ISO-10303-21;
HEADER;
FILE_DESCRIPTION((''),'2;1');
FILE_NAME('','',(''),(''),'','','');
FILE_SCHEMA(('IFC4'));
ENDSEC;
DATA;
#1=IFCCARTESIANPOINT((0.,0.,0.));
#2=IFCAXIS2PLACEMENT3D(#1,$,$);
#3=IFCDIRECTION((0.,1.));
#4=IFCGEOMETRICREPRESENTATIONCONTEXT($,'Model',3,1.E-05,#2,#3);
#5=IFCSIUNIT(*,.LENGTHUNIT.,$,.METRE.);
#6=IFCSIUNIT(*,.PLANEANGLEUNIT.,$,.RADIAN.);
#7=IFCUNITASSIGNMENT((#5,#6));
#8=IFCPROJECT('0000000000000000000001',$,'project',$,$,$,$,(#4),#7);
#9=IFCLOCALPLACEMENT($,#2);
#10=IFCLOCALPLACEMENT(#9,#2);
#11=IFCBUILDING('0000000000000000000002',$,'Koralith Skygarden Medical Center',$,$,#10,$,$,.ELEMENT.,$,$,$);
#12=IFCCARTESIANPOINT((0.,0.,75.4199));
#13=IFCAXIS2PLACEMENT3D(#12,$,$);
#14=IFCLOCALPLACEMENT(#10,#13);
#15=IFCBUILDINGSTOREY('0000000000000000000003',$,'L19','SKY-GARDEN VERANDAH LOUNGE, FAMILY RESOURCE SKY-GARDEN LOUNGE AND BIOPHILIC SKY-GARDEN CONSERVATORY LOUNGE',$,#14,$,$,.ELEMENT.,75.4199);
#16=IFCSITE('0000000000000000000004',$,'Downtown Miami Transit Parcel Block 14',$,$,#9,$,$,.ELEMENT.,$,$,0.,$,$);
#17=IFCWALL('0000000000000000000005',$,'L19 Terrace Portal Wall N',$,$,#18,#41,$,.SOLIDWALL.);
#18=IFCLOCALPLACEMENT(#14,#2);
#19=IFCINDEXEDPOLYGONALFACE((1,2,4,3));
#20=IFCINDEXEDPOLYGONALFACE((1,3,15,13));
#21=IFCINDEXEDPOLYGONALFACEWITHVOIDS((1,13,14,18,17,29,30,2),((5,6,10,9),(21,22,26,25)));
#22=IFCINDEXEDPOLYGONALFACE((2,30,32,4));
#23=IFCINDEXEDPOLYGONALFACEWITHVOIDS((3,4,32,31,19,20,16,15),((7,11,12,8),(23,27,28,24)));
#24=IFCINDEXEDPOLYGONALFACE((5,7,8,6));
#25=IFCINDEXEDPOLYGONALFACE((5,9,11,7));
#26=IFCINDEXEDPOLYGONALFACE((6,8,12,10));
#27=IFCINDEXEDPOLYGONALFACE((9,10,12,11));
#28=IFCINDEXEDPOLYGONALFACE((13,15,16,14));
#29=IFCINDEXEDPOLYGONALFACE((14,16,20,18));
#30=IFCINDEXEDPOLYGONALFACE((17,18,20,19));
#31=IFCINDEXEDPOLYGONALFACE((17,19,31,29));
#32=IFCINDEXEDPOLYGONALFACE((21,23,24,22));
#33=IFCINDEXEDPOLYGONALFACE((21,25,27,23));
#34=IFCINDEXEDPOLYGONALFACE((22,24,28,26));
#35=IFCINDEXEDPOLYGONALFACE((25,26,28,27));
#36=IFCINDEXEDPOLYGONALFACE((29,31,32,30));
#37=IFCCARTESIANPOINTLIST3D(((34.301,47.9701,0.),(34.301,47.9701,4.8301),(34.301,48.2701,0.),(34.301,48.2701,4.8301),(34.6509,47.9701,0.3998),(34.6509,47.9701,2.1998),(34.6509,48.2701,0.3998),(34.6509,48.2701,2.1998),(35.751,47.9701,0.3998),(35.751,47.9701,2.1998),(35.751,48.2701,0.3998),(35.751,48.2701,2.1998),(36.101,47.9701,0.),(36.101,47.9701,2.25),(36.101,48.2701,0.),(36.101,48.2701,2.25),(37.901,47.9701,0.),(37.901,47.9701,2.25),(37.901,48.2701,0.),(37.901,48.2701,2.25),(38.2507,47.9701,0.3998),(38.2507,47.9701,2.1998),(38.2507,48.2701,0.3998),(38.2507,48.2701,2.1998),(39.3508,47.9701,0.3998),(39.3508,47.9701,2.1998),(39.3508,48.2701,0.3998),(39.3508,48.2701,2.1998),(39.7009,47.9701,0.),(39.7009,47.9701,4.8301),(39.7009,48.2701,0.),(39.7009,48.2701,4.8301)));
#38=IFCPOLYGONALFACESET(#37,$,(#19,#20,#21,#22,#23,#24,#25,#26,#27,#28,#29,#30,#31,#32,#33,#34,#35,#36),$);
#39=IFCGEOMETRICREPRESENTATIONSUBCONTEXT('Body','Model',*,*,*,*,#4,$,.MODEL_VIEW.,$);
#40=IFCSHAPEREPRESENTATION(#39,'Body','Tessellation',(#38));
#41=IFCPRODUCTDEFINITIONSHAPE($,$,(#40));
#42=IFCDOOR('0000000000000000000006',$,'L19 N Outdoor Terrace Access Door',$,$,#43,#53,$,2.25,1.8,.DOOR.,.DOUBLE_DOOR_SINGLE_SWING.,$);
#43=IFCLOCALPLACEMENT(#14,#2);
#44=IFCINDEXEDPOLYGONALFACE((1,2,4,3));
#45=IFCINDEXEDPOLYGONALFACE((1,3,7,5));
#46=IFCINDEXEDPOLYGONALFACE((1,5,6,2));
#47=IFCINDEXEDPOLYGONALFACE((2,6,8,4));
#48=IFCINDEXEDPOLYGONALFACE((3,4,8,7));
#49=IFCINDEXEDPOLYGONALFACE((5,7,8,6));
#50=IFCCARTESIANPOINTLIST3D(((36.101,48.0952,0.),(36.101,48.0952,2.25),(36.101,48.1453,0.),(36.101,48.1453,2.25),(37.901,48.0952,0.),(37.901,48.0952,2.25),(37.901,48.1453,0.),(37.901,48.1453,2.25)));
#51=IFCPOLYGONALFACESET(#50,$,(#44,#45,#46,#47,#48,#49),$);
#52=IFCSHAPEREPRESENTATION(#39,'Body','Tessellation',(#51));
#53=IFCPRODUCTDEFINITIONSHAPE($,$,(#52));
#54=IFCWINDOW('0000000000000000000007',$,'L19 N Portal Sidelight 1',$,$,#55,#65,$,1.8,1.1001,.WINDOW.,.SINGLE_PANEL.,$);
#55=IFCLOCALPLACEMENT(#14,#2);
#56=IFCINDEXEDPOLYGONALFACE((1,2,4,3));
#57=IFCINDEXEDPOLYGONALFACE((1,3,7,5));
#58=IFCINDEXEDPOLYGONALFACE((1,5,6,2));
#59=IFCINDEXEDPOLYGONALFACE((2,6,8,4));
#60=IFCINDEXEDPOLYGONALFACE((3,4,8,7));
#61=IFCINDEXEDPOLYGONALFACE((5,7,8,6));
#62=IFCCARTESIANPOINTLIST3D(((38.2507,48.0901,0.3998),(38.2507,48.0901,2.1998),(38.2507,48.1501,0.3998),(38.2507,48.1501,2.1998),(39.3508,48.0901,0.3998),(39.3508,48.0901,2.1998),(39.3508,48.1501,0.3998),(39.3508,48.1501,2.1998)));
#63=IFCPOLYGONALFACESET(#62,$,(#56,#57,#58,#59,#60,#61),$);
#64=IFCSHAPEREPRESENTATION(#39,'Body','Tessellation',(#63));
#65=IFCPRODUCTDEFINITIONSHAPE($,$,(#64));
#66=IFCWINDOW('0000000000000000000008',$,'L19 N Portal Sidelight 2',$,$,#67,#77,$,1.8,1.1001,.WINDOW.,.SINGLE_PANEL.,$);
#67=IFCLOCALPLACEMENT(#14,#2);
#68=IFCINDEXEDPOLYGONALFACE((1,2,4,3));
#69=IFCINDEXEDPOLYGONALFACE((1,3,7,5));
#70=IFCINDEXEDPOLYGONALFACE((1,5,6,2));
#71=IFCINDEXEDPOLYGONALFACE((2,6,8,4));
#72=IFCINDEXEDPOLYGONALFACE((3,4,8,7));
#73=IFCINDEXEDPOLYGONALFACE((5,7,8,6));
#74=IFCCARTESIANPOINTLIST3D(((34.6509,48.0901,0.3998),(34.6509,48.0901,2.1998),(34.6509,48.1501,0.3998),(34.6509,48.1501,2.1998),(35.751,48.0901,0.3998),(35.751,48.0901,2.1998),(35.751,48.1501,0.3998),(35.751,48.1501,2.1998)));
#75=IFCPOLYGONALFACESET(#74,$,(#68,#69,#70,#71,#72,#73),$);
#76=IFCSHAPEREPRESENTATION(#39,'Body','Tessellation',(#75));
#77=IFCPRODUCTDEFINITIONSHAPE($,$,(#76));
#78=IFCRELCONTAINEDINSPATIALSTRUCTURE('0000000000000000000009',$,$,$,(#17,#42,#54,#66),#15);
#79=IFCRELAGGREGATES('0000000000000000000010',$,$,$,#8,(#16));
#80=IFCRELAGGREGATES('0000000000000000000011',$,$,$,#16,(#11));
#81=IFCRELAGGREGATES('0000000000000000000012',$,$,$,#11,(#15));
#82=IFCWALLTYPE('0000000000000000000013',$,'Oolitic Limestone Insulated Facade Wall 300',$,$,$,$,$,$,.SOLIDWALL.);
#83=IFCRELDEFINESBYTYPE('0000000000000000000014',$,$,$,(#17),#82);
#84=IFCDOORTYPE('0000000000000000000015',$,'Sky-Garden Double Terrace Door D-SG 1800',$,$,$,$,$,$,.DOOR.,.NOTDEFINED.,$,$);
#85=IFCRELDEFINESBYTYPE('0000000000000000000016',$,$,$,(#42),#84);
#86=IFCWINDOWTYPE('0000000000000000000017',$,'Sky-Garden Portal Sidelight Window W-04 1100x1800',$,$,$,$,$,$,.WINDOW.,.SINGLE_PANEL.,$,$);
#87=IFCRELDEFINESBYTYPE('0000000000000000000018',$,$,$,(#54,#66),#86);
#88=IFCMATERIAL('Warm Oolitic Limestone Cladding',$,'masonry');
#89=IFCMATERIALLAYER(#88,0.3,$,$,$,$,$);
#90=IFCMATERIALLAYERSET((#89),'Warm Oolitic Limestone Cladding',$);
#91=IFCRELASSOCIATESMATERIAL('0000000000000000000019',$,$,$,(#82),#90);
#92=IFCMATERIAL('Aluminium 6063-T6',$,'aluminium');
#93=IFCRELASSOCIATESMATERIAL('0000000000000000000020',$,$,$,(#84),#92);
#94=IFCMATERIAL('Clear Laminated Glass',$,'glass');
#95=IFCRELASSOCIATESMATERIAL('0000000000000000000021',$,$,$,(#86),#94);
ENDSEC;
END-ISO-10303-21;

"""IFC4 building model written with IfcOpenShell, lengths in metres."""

from ifc_helpers import new_model, si_unit, direction, frame, frame_2d, origin, place, context, subcontext, project, spatial, rectangle, extrude, material, layer, layer_set, type_object, element, fill, save


model = new_model("IFC4")

# Units and contexts
model_context = context("Model", 3, precision=1e-05, world=origin(), true_north=direction((0.0, 1.0)))
body_context = subcontext(model_context, "Body", "Model", "MODEL_VIEW")
ifc_project = project(units=[si_unit("LENGTHUNIT", "METRE"), si_unit("PLANEANGLEUNIT", "RADIAN")], contexts=[model_context])

# Site, building, storey
site_placement = place(None, origin())
site = spatial("IfcSite", under=ifc_project, at=site_placement, Name="Downtown Miami Transit Parcel Block 14", CompositionType="ELEMENT", RefElevation=0.0)
building_placement = place(site_placement, origin())
building = spatial("IfcBuilding", under=site, at=building_placement, Name="Koralith Skygarden Medical Center", CompositionType="ELEMENT")
storey_placement = place(building_placement, frame((0.0, 0.0, 75.4199)))
storey = spatial("IfcBuildingStorey", under=building, at=storey_placement, Name="L19", Description="SKY-GARDEN VERANDAH LOUNGE, FAMILY RESOURCE SKY-GARDEN LOUNGE AND BIOPHILIC SKY-GARDEN CONSERVATORY LOUNGE", CompositionType="ELEMENT", Elevation=75.4199)

# Shared definitions
ifc_material_1 = material(Name="Clear Laminated Glass", Category="glass")
ifc_material_2 = material(Name="Aluminium 6063-T6", Category="aluminium")

# Wall, openings, door, windows
ifc_material_3 = material(Name="Warm Oolitic Limestone Cladding", Category="masonry")
ifc_layer_1 = layer(ifc_material_3, 0.3)
ifc_layer_set_1 = layer_set([ifc_layer_1], Name="Warm Oolitic Limestone Cladding")
wall_type_1 = type_object("IfcWallType", Name="Oolitic Limestone Insulated Facade Wall 300", PredefinedType="SOLIDWALL", material=ifc_layer_set_1)
wall_1_placement = place(storey_placement, frame((39.7009, 48.1201, 0.0), z_axis=(0.0, 0.0, 1.0), x_axis=(-1.0, 0.0, 0.0)))
wall_1 = element("IfcWall", 1, at=wall_1_placement, inside=storey, type_object=wall_type_1, Name="L19 Terrace Portal Wall N", PredefinedType="SOLIDWALL", context=body_context, shape_type="SweptSolid", body=[
    extrude(rectangle(XDim=5.3999, YDim=0.3, at=frame_2d((2.7, 0.0))), origin(), (0.0, 0.0, 1.0), 4.8301),
])
opening_1_placement = place(wall_1_placement, frame((1.8, 0.0, 0.0)))
opening_1 = element("IfcOpeningElement", 2, at=opening_1_placement, cuts=wall_1, PredefinedType="OPENING", context=body_context, shape_type="SweptSolid", body=[
    extrude(rectangle(XDim=1.8, YDim=2.25, at=frame_2d((0.8999, 1.125))), frame((0.0, 0.1599, 0.0), z_axis=(0.0, -1.0, 0.0), x_axis=(1.0, 0.0, 0.0)), (0.0, 0.0, 1.0), 0.3201),
])
opening_2_placement = place(wall_1_placement, frame((0.3501, 0.0, 0.3999)))
opening_2 = element("IfcOpeningElement", 3, at=opening_2_placement, cuts=wall_1, PredefinedType="OPENING", context=body_context, shape_type="SweptSolid", body=[
    extrude(rectangle(XDim=1.1001, YDim=1.8, at=frame_2d((0.55, 0.8999))), frame((0.0, 0.1599, 0.0), z_axis=(0.0, -1.0, 0.0), x_axis=(1.0, 0.0, 0.0)), (0.0, 0.0, 1.0), 0.3201),
])
opening_3_placement = place(wall_1_placement, frame((3.95, 0.0, 0.3999)))
opening_3 = element("IfcOpeningElement", 4, at=opening_3_placement, cuts=wall_1, PredefinedType="OPENING", context=body_context, shape_type="SweptSolid", body=[
    extrude(rectangle(XDim=1.1001, YDim=1.8, at=frame_2d((0.55, 0.8999))), frame((0.0, 0.1599, 0.0), z_axis=(0.0, -1.0, 0.0), x_axis=(1.0, 0.0, 0.0)), (0.0, 0.0, 1.0), 0.3201),
])
door_type_1 = type_object("IfcDoorType", Name="Sky-Garden Double Terrace Door D-SG 1800", OperationType="NOTDEFINED", PredefinedType="DOOR", material=ifc_material_2)
door_1_placement = place(opening_1_placement, origin())
door_1 = element("IfcDoor", 5, at=door_1_placement, inside=storey, type_object=door_type_1, Name="L19 N Outdoor Terrace Access Door", OperationType="DOUBLE_DOOR_SINGLE_SWING", OverallHeight=2.25, OverallWidth=1.8, PredefinedType="DOOR", context=body_context, shape_type="SweptSolid", body=[
    extrude(rectangle(XDim=1.8, YDim=2.25, at=frame_2d((0.8999, 1.125))), frame((0.0, 0.0249, 0.0), z_axis=(0.0, -1.0, 0.0), x_axis=(1.0, 0.0, 0.0)), (0.0, 0.0, 1.0), 0.05),
])
fill(opening_1, door_1)
window_type = type_object("IfcWindowType", Name="Sky-Garden Portal Sidelight Window W-04 1100x1800", PartitioningType="SINGLE_PANEL", PredefinedType="WINDOW", material=ifc_material_1)
window_1_placement = place(opening_2_placement, origin())
window_1 = element("IfcWindow", 6, at=window_1_placement, inside=storey, type_object=window_type, Name="L19 N Portal Sidelight 1", OverallHeight=1.8, OverallWidth=1.1001, PartitioningType="SINGLE_PANEL", PredefinedType="WINDOW", context=body_context, shape_type="SweptSolid", body=[
    extrude(rectangle(XDim=1.1001, YDim=1.8, at=frame_2d((0.55, 0.8999))), frame((0.0, 0.03, 0.0), z_axis=(0.0, -1.0, 0.0), x_axis=(1.0, 0.0, 0.0)), (0.0, 0.0, 1.0), 0.0601),
])
fill(opening_2, window_1)
window_2_placement = place(opening_3_placement, origin())
window_2 = element("IfcWindow", 7, at=window_2_placement, inside=storey, type_object=window_type, Name="L19 N Portal Sidelight 2", OverallHeight=1.8, OverallWidth=1.1001, PartitioningType="SINGLE_PANEL", PredefinedType="WINDOW", context=body_context, shape_type="SweptSolid", body=[
    extrude(rectangle(XDim=1.1001, YDim=1.8, at=frame_2d((0.55, 0.8999))), frame((0.0, 0.03, 0.0), z_axis=(0.0, -1.0, 0.0), x_axis=(1.0, 0.0, 0.0)), (0.0, 0.0, 1.0), 0.0601),
])
fill(opening_3, window_2)

save(model, "model.ifc")
